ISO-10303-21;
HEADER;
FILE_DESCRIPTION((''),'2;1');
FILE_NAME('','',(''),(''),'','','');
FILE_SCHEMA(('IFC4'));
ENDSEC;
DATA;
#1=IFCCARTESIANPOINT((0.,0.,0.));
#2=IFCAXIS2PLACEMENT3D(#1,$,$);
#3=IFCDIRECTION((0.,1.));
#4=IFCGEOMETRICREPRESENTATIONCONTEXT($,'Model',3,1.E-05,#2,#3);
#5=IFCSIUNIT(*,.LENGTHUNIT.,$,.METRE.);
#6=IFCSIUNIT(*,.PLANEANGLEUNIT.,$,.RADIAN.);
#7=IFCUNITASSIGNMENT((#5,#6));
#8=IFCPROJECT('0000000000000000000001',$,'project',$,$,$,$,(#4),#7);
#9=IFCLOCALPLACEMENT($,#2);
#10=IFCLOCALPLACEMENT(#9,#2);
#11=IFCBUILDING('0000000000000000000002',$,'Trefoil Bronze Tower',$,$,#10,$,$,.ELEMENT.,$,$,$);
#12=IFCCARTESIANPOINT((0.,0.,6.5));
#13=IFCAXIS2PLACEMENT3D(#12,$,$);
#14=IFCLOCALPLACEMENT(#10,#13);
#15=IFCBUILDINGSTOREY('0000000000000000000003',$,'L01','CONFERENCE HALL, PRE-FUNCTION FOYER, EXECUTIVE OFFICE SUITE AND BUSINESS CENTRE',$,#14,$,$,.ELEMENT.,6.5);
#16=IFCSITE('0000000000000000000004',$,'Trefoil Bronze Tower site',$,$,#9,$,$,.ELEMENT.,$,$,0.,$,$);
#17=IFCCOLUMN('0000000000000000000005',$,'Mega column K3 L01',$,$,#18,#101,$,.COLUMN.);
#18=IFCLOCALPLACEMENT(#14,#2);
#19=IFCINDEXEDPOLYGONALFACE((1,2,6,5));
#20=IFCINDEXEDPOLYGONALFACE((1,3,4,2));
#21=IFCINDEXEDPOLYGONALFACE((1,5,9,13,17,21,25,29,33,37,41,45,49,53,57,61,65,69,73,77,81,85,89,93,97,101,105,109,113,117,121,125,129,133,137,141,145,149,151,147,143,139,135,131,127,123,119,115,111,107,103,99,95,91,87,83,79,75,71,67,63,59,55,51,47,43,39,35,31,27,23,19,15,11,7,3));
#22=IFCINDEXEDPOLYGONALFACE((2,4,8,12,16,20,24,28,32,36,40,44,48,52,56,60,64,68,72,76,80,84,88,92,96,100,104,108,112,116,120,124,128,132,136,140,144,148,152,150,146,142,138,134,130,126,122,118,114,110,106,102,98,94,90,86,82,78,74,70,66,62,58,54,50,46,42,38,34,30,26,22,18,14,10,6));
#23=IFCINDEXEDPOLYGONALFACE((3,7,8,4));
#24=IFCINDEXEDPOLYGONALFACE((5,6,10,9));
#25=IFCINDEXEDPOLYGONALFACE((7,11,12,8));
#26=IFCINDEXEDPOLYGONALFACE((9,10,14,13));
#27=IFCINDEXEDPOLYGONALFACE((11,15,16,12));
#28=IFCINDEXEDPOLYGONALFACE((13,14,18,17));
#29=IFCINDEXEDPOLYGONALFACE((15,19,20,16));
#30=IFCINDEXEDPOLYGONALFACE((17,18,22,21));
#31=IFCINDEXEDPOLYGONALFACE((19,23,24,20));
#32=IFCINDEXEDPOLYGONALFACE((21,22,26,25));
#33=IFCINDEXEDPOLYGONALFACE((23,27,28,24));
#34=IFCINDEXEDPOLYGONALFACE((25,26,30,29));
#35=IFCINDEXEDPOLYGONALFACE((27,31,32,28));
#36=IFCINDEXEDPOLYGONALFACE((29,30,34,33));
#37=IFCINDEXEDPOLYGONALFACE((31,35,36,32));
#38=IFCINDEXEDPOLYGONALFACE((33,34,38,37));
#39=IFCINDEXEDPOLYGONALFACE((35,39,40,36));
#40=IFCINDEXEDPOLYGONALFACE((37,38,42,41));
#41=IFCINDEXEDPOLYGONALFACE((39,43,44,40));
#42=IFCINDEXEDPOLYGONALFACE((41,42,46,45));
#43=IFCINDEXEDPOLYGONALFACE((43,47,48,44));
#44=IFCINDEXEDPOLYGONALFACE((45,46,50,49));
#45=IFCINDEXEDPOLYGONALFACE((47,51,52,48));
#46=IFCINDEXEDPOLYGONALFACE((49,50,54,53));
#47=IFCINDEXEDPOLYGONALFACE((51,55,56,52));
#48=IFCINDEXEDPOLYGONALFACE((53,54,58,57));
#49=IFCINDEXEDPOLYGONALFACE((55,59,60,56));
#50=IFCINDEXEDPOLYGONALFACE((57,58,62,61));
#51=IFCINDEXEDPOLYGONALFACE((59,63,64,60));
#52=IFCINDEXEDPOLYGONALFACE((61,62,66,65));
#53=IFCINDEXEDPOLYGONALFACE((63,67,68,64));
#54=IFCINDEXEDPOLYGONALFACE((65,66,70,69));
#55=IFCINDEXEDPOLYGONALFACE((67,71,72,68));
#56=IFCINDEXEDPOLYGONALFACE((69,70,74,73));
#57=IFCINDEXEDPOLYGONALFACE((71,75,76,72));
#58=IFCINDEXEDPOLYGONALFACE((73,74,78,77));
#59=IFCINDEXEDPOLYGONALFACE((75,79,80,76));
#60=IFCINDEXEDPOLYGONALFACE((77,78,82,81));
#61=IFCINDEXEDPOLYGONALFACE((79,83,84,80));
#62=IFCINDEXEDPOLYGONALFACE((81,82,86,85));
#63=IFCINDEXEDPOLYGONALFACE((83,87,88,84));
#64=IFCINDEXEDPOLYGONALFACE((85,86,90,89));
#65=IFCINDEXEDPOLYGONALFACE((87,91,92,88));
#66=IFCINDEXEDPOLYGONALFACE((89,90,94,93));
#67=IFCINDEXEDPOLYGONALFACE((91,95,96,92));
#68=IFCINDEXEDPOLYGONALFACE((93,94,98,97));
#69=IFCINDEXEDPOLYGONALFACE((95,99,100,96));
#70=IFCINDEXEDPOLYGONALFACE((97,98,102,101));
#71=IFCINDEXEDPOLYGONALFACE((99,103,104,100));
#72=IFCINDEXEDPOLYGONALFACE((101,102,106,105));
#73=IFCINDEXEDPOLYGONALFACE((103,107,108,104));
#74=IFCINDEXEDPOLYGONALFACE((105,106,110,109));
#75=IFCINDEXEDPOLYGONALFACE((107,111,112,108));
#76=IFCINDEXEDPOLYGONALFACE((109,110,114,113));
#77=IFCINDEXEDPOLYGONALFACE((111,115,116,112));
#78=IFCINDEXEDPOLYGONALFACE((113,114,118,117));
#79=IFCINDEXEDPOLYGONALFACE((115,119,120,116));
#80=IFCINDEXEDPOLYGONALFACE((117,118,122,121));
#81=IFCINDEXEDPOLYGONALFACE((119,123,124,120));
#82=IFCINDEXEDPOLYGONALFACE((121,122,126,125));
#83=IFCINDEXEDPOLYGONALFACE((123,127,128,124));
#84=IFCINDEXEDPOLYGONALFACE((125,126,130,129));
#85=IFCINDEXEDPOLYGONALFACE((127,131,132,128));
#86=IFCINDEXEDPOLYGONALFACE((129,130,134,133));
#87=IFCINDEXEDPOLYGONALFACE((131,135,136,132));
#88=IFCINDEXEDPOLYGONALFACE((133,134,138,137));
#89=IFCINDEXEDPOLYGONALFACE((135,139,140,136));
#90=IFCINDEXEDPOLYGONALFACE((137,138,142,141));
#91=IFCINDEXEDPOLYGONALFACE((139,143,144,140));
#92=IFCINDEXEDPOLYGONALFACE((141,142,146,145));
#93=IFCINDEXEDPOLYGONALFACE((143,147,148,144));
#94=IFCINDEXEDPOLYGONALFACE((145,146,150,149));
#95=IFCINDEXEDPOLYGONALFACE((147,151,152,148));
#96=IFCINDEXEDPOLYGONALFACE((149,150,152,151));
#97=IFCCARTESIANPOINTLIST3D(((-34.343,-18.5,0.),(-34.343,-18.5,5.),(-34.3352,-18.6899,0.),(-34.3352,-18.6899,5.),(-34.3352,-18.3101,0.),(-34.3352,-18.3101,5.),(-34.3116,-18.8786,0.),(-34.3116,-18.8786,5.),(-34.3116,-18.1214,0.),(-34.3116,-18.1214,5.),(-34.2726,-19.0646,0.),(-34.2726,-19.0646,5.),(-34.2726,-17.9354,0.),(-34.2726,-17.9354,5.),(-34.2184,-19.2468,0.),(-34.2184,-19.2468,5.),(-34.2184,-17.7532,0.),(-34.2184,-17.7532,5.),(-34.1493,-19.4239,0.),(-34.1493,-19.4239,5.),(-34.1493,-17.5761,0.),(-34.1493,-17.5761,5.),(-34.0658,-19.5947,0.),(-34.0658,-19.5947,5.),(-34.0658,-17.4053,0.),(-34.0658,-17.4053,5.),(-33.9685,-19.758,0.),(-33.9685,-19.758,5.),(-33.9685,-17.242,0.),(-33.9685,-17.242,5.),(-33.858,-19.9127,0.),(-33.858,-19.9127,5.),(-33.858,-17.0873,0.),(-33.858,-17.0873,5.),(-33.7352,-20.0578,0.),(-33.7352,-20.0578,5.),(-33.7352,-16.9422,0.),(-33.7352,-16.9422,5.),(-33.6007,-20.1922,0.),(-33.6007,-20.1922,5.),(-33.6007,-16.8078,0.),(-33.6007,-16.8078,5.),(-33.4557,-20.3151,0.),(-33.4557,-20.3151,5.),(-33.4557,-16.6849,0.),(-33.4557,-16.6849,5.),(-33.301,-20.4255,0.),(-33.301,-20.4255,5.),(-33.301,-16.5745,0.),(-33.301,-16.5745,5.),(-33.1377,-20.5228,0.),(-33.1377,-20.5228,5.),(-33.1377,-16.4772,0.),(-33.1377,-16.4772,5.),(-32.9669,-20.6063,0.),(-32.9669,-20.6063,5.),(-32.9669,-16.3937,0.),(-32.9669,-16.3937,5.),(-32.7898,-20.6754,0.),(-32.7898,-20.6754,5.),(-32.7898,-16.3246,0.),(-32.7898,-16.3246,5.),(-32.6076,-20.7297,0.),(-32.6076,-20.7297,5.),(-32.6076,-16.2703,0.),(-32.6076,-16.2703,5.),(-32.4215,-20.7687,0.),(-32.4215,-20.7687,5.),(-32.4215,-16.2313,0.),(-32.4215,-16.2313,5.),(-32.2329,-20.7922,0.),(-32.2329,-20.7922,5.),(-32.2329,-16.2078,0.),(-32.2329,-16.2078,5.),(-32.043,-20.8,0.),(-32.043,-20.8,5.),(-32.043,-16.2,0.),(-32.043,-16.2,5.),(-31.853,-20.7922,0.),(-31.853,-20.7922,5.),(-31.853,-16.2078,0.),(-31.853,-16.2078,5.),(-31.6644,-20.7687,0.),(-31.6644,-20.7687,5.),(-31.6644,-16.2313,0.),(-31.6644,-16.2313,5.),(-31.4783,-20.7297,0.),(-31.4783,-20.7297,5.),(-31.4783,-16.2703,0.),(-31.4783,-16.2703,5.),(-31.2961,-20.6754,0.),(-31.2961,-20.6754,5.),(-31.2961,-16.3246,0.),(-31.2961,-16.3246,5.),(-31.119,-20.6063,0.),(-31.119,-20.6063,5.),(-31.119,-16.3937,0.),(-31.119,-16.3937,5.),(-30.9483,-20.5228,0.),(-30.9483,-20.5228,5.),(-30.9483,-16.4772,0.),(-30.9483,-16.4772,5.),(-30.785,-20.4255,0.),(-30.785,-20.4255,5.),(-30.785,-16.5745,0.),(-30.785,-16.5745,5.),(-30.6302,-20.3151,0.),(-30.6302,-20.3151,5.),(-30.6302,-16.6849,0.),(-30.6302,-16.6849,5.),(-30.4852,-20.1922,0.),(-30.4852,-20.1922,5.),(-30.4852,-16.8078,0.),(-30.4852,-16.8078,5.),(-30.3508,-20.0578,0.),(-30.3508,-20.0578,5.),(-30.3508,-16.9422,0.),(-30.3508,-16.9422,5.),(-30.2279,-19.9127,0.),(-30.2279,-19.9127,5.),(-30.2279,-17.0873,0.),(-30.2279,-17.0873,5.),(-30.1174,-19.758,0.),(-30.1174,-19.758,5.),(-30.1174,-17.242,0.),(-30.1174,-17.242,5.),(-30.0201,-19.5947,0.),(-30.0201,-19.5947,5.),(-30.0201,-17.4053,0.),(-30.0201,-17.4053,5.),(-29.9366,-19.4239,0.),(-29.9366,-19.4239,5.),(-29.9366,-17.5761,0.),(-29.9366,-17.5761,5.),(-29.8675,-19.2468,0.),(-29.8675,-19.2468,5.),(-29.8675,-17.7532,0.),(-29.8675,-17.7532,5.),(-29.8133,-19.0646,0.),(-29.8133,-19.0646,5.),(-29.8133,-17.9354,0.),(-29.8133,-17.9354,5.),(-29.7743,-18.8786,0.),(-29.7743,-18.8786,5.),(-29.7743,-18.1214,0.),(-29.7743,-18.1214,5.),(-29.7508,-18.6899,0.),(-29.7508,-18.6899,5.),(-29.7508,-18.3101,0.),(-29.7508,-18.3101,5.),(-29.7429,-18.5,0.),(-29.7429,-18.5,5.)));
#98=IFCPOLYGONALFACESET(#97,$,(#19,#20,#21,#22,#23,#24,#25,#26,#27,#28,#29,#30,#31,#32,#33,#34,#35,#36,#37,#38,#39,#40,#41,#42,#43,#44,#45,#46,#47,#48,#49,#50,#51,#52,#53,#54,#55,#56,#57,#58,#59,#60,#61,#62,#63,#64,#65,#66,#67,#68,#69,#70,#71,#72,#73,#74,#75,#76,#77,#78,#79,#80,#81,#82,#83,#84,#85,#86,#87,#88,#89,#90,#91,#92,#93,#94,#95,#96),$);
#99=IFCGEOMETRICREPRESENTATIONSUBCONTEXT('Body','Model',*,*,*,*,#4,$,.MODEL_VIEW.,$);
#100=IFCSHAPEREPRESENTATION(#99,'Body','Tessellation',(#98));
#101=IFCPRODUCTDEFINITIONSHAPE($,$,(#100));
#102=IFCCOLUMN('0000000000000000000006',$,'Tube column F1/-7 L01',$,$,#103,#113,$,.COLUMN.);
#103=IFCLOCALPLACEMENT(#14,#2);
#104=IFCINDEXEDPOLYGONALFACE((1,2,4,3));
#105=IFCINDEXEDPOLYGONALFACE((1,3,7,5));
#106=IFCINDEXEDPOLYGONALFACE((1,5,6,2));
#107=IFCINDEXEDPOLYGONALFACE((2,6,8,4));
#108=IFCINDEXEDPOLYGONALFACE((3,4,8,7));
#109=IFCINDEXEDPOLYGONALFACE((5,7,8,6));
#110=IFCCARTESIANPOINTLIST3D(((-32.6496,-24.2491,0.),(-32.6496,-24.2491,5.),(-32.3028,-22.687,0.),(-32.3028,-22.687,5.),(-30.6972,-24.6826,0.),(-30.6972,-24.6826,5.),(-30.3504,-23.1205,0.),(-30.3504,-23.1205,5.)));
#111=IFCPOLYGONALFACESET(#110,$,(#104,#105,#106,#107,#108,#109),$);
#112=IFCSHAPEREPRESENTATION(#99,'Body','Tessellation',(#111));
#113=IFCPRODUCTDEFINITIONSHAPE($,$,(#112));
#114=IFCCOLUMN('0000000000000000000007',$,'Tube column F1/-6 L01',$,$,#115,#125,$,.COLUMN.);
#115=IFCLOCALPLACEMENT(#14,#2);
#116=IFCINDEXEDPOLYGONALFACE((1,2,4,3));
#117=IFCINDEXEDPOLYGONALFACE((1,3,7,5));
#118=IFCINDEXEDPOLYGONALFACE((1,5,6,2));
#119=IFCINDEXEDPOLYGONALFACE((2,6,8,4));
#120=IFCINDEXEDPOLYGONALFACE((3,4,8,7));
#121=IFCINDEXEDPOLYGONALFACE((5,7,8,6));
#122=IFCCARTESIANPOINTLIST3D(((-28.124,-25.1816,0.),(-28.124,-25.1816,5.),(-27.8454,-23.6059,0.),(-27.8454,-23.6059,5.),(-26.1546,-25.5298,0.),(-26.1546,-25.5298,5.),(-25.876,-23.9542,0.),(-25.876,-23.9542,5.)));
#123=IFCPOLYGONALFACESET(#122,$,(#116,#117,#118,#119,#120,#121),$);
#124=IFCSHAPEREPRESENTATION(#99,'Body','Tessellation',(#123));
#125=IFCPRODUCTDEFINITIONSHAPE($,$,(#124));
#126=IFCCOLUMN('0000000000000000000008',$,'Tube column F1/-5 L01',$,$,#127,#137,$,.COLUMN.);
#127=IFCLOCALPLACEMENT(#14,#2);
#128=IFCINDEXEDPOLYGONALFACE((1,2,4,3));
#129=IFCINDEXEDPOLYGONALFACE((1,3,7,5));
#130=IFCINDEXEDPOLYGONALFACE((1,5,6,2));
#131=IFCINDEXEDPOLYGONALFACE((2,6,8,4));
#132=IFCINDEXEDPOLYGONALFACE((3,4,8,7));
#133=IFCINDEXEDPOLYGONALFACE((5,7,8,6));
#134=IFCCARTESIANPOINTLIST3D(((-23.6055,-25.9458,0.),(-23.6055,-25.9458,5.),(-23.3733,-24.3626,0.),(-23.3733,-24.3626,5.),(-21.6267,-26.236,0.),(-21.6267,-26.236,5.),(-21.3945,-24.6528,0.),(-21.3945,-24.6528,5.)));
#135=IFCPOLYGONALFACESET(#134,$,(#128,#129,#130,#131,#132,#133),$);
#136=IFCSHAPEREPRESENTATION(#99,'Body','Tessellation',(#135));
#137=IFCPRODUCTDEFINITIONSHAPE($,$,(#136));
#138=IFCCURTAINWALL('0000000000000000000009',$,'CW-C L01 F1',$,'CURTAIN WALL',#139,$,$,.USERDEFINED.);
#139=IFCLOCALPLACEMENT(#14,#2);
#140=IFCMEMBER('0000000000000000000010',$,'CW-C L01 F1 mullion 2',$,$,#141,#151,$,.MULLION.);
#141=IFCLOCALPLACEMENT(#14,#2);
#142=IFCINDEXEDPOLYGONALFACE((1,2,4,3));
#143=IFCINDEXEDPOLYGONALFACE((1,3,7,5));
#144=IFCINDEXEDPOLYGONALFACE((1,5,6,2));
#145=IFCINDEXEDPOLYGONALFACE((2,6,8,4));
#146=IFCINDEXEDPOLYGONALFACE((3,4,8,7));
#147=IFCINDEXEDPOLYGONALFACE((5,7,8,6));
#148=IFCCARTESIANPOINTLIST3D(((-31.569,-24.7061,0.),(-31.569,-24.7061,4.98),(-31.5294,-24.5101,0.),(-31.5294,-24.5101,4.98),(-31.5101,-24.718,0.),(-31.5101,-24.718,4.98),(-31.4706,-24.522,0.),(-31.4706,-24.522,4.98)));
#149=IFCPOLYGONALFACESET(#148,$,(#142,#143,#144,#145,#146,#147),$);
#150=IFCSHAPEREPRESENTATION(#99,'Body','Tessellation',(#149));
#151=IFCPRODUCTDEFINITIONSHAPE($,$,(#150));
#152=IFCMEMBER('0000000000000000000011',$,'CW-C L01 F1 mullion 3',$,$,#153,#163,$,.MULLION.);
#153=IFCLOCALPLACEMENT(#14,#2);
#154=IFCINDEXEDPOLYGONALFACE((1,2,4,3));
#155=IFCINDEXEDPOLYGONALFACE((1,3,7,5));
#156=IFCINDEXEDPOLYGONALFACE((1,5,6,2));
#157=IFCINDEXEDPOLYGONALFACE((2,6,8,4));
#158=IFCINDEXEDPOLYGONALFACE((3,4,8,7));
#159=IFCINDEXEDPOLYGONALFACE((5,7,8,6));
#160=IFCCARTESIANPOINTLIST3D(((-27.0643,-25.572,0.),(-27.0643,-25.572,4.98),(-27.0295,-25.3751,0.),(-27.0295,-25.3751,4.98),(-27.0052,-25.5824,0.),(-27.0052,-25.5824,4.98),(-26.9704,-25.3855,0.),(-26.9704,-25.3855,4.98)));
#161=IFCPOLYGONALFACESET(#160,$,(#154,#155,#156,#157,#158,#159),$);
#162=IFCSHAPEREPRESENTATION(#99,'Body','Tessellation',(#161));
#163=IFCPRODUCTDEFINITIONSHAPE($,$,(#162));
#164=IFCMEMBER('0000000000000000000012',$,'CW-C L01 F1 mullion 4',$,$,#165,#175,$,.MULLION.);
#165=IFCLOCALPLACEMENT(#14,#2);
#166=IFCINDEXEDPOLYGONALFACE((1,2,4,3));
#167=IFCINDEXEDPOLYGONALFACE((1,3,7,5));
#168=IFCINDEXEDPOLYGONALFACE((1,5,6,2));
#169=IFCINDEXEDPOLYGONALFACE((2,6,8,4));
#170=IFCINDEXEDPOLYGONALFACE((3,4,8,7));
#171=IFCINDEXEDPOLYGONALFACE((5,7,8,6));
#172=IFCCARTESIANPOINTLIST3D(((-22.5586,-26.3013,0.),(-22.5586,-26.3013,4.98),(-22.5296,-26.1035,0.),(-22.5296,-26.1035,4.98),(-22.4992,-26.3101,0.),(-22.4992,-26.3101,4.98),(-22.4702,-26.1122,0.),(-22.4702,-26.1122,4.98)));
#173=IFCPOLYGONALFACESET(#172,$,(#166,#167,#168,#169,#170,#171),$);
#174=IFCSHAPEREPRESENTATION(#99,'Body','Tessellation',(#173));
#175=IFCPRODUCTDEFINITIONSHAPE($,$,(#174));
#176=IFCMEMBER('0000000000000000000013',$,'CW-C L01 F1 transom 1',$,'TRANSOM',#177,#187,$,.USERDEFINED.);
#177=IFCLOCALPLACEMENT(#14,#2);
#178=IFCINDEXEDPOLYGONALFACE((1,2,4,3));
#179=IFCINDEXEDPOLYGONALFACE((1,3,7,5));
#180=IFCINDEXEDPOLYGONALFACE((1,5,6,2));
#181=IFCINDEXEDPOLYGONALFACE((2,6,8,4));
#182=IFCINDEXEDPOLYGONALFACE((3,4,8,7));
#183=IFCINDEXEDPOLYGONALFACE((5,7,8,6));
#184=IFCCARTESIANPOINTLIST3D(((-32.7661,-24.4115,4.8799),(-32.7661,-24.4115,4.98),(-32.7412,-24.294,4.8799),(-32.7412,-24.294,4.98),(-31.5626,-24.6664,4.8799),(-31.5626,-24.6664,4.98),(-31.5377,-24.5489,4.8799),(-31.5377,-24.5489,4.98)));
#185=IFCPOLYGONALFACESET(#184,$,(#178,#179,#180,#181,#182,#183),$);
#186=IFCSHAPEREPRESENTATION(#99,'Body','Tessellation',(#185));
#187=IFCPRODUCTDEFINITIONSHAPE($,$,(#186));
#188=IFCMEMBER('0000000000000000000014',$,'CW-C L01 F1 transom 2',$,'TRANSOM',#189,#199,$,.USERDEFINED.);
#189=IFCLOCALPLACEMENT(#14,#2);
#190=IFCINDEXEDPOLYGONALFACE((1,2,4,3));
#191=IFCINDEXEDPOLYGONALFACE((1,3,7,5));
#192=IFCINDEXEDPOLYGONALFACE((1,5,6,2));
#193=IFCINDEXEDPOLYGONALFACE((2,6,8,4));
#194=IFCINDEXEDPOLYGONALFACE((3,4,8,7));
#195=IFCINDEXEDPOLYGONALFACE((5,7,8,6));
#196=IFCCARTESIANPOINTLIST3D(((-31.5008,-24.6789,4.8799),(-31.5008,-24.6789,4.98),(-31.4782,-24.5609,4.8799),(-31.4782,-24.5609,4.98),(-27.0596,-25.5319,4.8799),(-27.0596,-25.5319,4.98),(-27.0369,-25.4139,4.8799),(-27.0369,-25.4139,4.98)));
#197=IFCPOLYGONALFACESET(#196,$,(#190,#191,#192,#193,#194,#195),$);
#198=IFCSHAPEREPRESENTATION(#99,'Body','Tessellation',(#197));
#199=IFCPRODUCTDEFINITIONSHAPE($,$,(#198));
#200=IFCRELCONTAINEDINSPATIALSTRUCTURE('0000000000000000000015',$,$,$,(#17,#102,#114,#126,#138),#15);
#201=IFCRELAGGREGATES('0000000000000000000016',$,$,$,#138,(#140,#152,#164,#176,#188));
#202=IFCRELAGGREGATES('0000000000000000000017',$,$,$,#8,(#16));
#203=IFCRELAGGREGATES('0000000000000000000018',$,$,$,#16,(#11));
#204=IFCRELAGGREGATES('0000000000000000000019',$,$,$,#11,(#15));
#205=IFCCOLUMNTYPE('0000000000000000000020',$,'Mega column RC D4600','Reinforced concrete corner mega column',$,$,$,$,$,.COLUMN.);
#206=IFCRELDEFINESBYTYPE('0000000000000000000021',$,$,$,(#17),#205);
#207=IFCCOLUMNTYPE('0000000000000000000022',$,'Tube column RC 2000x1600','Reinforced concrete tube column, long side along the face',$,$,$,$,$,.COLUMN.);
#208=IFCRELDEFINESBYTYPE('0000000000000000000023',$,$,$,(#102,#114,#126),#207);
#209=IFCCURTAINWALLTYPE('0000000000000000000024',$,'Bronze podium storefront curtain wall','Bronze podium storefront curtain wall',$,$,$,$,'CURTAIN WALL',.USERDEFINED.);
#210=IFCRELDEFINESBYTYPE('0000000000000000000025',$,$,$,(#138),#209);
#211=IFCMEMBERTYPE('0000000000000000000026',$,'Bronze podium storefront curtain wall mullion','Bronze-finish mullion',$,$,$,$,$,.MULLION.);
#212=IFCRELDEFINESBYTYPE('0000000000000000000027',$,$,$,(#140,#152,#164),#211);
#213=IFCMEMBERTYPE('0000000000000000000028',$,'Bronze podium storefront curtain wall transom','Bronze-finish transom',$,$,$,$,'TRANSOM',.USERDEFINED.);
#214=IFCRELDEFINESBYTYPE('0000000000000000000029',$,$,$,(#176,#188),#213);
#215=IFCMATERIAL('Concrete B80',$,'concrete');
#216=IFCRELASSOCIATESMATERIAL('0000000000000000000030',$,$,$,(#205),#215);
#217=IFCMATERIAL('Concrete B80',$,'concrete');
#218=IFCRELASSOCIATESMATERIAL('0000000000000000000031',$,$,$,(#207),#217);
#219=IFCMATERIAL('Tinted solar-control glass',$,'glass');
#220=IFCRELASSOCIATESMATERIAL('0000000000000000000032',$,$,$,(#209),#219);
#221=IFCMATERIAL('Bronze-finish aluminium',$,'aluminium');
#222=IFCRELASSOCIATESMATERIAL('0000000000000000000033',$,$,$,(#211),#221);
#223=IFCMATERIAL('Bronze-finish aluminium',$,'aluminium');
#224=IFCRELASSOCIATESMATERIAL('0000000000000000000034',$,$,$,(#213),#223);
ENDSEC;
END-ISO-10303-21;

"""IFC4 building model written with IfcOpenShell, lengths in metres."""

from ifc_helpers import new_model, si_unit, direction, frame, origin, origin_2d, place, context, subcontext, project, spatial, rectangle, circle, extrude, material, material_profile, profile_set, type_object, element, aggregate, save


model = new_model("IFC4")

# Units and contexts
model_context = context("Model", 3, precision=1e-05, world=origin(), true_north=direction((0.0, 1.0)))
body_context = subcontext(model_context, "Body", "Model", "MODEL_VIEW")
ifc_project = project(units=[si_unit("LENGTHUNIT", "METRE"), si_unit("PLANEANGLEUNIT", "RADIAN")], contexts=[model_context])

# Site, building, storey
site_placement = place(None, origin())
site = spatial("IfcSite", under=ifc_project, at=site_placement, Name="Trefoil Bronze Tower site", CompositionType="ELEMENT", RefElevation=0.0)
building_placement = place(site_placement, origin())
building = spatial("IfcBuilding", under=site, at=building_placement, Name="Trefoil Bronze Tower", CompositionType="ELEMENT")
storey_placement = place(building_placement, frame((0.0, 0.0, 6.5)))
storey = spatial("IfcBuildingStorey", under=building, at=storey_placement, Name="L01", Description="CONFERENCE HALL, PRE-FUNCTION FOYER, EXECUTIVE OFFICE SUITE AND BUSINESS CENTRE", CompositionType="ELEMENT", Elevation=6.5)

# Columns
ifc_material_1 = material(Name="Concrete B80", Category="concrete")
ifc_material_profile_1 = material_profile(ifc_material_1, circle(Radius=2.3, at=origin_2d()), Name="RC D4600")
ifc_profile_set_1 = profile_set([ifc_material_profile_1], Name="Concrete B80")
column_type_1 = type_object("IfcColumnType", Name="Mega column RC D4600", Description="Reinforced concrete corner mega column", PredefinedType="COLUMN", material=ifc_profile_set_1)
column_placement = place(storey_placement, frame((-32.043, -18.5, 0.0), z_axis=(0.0, 0.0, 1.0), x_axis=(1.0, 0.0, 0.0)))
element("IfcColumn", 1, at=column_placement, inside=storey, type_object=column_type_1, Name="Mega column K3 L01", PredefinedType="COLUMN", context=body_context, shape_type="SweptSolid", body=[
    extrude(circle(Radius=2.3, at=origin_2d()), origin(), (0.0, 0.0, 1.0), 5.0),
])
ifc_material_2 = material(Name="Concrete B80", Category="concrete")
ifc_material_profile_2 = material_profile(ifc_material_2, rectangle(XDim=2.0, YDim=1.6001, at=origin_2d()), Name="RC 2000x1600")
ifc_profile_set_2 = profile_set([ifc_material_profile_2], Name="Concrete B80")
column_type_2 = type_object("IfcColumnType", Name="Tube column RC 2000x1600", Description="Reinforced concrete tube column, long side along the face", PredefinedType="COLUMN", material=ifc_profile_set_2)
for number, where, z_axis, x_axis, name in (
    (2, (-31.5, -23.6848, 0.0), (0.0, 0.0, 1.0), (0.97623, -0.216739, 0.0), "Tube column F1/-7 L01"),
    (3, (-27.0, -24.5679, 0.0), (0.0, 0.0, 1.0), (0.984722, -0.174131, 0.0), "Tube column F1/-6 L01"),
    (4, (-22.5, -25.2993, 0.0), (0.0, 0.0, 1.0), (0.989416, -0.145109, 0.0), "Tube column F1/-5 L01"),
):
    element("IfcColumn", number, at=place(storey_placement, frame(where, z_axis=z_axis, x_axis=x_axis)), inside=storey, type_object=column_type_2, Name=name, PredefinedType="COLUMN", context=body_context, shape_type="SweptSolid", body=[
        extrude(rectangle(XDim=2.0, YDim=1.6001, at=origin_2d()), origin(), (0.0, 0.0, 1.0), 5.0),
    ])

# Curtain wall, members
ifc_material_3 = material(Name="Tinted solar-control glass", Category="glass")
curtain_wall_type_1 = type_object("IfcCurtainWallType", Name="Bronze podium storefront curtain wall", Description="Bronze podium storefront curtain wall", ElementType="CURTAIN WALL", PredefinedType="USERDEFINED", material=ifc_material_3)
curtain_wall_1_placement = place(storey_placement, origin())
curtain_wall_1 = element("IfcCurtainWall", 5, at=curtain_wall_1_placement, inside=storey, type_object=curtain_wall_type_1, Name="CW-C L01 F1", ObjectType="CURTAIN WALL", PredefinedType="USERDEFINED")
ifc_material_4 = material(Name="Bronze-finish aluminium", Category="aluminium")
ifc_material_profile_3 = material_profile(ifc_material_4, rectangle(XDim=0.2, YDim=0.0601, at=origin_2d()), Name="CW-C mullion")
ifc_profile_set_3 = profile_set([ifc_material_profile_3], Name="Bronze-finish aluminium")
member_type_1 = type_object("IfcMemberType", Name="Bronze podium storefront curtain wall mullion", Description="Bronze-finish mullion", PredefinedType="MULLION", material=ifc_profile_set_3)
member_1_placement = place(storey_placement, frame((-31.5198, -24.614, 0.0), z_axis=(0.0, 0.0, 1.0), x_axis=(0.19791, 0.98022, 0.0)))
member_1 = element("IfcMember", 6, at=member_1_placement, type_object=member_type_1, Name="CW-C L01 F1 mullion 2", PredefinedType="MULLION", context=body_context, shape_type="SweptSolid", body=[
    extrude(rectangle(XDim=0.2, YDim=0.0601, at=origin_2d()), origin(), (0.0, 0.0, 1.0), 4.98),
])
member_2_placement = place(storey_placement, frame((-27.0173, -25.4788, 0.0), z_axis=(0.0, 0.0, 1.0), x_axis=(0.174131, 0.984722, 0.0)))
member_2 = element("IfcMember", 7, at=member_2_placement, type_object=member_type_1, Name="CW-C L01 F1 mullion 3", PredefinedType="MULLION", context=body_context, shape_type="SweptSolid", body=[
    extrude(rectangle(XDim=0.2, YDim=0.0601, at=origin_2d()), origin(), (0.0, 0.0, 1.0), 4.98),
])
member_3_placement = place(storey_placement, frame((-22.5144, -26.2068, 0.0), z_axis=(0.0, 0.0, 1.0), x_axis=(0.145109, 0.989416, 0.0)))
member_3 = element("IfcMember", 8, at=member_3_placement, type_object=member_type_1, Name="CW-C L01 F1 mullion 4", PredefinedType="MULLION", context=body_context, shape_type="SweptSolid", body=[
    extrude(rectangle(XDim=0.2, YDim=0.0601, at=origin_2d()), origin(), (0.0, 0.0, 1.0), 4.98),
])
ifc_material_5 = material(Name="Bronze-finish aluminium", Category="aluminium")
ifc_material_profile_4 = material_profile(ifc_material_5, rectangle(XDim=0.1201, YDim=0.1001, at=origin_2d()), Name="CW-C transom")
ifc_profile_set_4 = profile_set([ifc_material_profile_4], Name="Bronze-finish aluminium")
member_type_2 = type_object("IfcMemberType", Name="Bronze podium storefront curtain wall transom", Description="Bronze-finish transom", ElementType="TRANSOM", PredefinedType="USERDEFINED", material=ifc_profile_set_4)
member_4_placement = place(storey_placement, frame((-32.7537, -24.3528, 4.9299), z_axis=(0.978305, -0.20717, 0.0), x_axis=(0.20717, 0.978305, 0.0)))
member_4 = element("IfcMember", 9, at=member_4_placement, type_object=member_type_2, Name="CW-C L01 F1 transom 1", ObjectType="TRANSOM", PredefinedType="USERDEFINED", context=body_context, shape_type="SweptSolid", body=[
    extrude(rectangle(XDim=0.1201, YDim=0.1001, at=origin_2d()), origin(), (0.0, 0.0, 1.0), 1.2302),
])
member_5_placement = place(storey_placement, frame((-31.4895, -24.6199, 4.9299), z_axis=(0.982049, -0.188625, 0.0), x_axis=(0.188625, 0.982049, 0.0)))
member_5 = element("IfcMember", 10, at=member_5_placement, type_object=member_type_2, Name="CW-C L01 F1 transom 2", ObjectType="TRANSOM", PredefinedType="USERDEFINED", context=body_context, shape_type="SweptSolid", body=[
    extrude(rectangle(XDim=0.1201, YDim=0.1001, at=origin_2d()), origin(), (0.0, 0.0, 1.0), 4.5225),
])

aggregate(curtain_wall_1, [member_1, member_2, member_3, member_4, member_5])

save(model, "model.ifc")
